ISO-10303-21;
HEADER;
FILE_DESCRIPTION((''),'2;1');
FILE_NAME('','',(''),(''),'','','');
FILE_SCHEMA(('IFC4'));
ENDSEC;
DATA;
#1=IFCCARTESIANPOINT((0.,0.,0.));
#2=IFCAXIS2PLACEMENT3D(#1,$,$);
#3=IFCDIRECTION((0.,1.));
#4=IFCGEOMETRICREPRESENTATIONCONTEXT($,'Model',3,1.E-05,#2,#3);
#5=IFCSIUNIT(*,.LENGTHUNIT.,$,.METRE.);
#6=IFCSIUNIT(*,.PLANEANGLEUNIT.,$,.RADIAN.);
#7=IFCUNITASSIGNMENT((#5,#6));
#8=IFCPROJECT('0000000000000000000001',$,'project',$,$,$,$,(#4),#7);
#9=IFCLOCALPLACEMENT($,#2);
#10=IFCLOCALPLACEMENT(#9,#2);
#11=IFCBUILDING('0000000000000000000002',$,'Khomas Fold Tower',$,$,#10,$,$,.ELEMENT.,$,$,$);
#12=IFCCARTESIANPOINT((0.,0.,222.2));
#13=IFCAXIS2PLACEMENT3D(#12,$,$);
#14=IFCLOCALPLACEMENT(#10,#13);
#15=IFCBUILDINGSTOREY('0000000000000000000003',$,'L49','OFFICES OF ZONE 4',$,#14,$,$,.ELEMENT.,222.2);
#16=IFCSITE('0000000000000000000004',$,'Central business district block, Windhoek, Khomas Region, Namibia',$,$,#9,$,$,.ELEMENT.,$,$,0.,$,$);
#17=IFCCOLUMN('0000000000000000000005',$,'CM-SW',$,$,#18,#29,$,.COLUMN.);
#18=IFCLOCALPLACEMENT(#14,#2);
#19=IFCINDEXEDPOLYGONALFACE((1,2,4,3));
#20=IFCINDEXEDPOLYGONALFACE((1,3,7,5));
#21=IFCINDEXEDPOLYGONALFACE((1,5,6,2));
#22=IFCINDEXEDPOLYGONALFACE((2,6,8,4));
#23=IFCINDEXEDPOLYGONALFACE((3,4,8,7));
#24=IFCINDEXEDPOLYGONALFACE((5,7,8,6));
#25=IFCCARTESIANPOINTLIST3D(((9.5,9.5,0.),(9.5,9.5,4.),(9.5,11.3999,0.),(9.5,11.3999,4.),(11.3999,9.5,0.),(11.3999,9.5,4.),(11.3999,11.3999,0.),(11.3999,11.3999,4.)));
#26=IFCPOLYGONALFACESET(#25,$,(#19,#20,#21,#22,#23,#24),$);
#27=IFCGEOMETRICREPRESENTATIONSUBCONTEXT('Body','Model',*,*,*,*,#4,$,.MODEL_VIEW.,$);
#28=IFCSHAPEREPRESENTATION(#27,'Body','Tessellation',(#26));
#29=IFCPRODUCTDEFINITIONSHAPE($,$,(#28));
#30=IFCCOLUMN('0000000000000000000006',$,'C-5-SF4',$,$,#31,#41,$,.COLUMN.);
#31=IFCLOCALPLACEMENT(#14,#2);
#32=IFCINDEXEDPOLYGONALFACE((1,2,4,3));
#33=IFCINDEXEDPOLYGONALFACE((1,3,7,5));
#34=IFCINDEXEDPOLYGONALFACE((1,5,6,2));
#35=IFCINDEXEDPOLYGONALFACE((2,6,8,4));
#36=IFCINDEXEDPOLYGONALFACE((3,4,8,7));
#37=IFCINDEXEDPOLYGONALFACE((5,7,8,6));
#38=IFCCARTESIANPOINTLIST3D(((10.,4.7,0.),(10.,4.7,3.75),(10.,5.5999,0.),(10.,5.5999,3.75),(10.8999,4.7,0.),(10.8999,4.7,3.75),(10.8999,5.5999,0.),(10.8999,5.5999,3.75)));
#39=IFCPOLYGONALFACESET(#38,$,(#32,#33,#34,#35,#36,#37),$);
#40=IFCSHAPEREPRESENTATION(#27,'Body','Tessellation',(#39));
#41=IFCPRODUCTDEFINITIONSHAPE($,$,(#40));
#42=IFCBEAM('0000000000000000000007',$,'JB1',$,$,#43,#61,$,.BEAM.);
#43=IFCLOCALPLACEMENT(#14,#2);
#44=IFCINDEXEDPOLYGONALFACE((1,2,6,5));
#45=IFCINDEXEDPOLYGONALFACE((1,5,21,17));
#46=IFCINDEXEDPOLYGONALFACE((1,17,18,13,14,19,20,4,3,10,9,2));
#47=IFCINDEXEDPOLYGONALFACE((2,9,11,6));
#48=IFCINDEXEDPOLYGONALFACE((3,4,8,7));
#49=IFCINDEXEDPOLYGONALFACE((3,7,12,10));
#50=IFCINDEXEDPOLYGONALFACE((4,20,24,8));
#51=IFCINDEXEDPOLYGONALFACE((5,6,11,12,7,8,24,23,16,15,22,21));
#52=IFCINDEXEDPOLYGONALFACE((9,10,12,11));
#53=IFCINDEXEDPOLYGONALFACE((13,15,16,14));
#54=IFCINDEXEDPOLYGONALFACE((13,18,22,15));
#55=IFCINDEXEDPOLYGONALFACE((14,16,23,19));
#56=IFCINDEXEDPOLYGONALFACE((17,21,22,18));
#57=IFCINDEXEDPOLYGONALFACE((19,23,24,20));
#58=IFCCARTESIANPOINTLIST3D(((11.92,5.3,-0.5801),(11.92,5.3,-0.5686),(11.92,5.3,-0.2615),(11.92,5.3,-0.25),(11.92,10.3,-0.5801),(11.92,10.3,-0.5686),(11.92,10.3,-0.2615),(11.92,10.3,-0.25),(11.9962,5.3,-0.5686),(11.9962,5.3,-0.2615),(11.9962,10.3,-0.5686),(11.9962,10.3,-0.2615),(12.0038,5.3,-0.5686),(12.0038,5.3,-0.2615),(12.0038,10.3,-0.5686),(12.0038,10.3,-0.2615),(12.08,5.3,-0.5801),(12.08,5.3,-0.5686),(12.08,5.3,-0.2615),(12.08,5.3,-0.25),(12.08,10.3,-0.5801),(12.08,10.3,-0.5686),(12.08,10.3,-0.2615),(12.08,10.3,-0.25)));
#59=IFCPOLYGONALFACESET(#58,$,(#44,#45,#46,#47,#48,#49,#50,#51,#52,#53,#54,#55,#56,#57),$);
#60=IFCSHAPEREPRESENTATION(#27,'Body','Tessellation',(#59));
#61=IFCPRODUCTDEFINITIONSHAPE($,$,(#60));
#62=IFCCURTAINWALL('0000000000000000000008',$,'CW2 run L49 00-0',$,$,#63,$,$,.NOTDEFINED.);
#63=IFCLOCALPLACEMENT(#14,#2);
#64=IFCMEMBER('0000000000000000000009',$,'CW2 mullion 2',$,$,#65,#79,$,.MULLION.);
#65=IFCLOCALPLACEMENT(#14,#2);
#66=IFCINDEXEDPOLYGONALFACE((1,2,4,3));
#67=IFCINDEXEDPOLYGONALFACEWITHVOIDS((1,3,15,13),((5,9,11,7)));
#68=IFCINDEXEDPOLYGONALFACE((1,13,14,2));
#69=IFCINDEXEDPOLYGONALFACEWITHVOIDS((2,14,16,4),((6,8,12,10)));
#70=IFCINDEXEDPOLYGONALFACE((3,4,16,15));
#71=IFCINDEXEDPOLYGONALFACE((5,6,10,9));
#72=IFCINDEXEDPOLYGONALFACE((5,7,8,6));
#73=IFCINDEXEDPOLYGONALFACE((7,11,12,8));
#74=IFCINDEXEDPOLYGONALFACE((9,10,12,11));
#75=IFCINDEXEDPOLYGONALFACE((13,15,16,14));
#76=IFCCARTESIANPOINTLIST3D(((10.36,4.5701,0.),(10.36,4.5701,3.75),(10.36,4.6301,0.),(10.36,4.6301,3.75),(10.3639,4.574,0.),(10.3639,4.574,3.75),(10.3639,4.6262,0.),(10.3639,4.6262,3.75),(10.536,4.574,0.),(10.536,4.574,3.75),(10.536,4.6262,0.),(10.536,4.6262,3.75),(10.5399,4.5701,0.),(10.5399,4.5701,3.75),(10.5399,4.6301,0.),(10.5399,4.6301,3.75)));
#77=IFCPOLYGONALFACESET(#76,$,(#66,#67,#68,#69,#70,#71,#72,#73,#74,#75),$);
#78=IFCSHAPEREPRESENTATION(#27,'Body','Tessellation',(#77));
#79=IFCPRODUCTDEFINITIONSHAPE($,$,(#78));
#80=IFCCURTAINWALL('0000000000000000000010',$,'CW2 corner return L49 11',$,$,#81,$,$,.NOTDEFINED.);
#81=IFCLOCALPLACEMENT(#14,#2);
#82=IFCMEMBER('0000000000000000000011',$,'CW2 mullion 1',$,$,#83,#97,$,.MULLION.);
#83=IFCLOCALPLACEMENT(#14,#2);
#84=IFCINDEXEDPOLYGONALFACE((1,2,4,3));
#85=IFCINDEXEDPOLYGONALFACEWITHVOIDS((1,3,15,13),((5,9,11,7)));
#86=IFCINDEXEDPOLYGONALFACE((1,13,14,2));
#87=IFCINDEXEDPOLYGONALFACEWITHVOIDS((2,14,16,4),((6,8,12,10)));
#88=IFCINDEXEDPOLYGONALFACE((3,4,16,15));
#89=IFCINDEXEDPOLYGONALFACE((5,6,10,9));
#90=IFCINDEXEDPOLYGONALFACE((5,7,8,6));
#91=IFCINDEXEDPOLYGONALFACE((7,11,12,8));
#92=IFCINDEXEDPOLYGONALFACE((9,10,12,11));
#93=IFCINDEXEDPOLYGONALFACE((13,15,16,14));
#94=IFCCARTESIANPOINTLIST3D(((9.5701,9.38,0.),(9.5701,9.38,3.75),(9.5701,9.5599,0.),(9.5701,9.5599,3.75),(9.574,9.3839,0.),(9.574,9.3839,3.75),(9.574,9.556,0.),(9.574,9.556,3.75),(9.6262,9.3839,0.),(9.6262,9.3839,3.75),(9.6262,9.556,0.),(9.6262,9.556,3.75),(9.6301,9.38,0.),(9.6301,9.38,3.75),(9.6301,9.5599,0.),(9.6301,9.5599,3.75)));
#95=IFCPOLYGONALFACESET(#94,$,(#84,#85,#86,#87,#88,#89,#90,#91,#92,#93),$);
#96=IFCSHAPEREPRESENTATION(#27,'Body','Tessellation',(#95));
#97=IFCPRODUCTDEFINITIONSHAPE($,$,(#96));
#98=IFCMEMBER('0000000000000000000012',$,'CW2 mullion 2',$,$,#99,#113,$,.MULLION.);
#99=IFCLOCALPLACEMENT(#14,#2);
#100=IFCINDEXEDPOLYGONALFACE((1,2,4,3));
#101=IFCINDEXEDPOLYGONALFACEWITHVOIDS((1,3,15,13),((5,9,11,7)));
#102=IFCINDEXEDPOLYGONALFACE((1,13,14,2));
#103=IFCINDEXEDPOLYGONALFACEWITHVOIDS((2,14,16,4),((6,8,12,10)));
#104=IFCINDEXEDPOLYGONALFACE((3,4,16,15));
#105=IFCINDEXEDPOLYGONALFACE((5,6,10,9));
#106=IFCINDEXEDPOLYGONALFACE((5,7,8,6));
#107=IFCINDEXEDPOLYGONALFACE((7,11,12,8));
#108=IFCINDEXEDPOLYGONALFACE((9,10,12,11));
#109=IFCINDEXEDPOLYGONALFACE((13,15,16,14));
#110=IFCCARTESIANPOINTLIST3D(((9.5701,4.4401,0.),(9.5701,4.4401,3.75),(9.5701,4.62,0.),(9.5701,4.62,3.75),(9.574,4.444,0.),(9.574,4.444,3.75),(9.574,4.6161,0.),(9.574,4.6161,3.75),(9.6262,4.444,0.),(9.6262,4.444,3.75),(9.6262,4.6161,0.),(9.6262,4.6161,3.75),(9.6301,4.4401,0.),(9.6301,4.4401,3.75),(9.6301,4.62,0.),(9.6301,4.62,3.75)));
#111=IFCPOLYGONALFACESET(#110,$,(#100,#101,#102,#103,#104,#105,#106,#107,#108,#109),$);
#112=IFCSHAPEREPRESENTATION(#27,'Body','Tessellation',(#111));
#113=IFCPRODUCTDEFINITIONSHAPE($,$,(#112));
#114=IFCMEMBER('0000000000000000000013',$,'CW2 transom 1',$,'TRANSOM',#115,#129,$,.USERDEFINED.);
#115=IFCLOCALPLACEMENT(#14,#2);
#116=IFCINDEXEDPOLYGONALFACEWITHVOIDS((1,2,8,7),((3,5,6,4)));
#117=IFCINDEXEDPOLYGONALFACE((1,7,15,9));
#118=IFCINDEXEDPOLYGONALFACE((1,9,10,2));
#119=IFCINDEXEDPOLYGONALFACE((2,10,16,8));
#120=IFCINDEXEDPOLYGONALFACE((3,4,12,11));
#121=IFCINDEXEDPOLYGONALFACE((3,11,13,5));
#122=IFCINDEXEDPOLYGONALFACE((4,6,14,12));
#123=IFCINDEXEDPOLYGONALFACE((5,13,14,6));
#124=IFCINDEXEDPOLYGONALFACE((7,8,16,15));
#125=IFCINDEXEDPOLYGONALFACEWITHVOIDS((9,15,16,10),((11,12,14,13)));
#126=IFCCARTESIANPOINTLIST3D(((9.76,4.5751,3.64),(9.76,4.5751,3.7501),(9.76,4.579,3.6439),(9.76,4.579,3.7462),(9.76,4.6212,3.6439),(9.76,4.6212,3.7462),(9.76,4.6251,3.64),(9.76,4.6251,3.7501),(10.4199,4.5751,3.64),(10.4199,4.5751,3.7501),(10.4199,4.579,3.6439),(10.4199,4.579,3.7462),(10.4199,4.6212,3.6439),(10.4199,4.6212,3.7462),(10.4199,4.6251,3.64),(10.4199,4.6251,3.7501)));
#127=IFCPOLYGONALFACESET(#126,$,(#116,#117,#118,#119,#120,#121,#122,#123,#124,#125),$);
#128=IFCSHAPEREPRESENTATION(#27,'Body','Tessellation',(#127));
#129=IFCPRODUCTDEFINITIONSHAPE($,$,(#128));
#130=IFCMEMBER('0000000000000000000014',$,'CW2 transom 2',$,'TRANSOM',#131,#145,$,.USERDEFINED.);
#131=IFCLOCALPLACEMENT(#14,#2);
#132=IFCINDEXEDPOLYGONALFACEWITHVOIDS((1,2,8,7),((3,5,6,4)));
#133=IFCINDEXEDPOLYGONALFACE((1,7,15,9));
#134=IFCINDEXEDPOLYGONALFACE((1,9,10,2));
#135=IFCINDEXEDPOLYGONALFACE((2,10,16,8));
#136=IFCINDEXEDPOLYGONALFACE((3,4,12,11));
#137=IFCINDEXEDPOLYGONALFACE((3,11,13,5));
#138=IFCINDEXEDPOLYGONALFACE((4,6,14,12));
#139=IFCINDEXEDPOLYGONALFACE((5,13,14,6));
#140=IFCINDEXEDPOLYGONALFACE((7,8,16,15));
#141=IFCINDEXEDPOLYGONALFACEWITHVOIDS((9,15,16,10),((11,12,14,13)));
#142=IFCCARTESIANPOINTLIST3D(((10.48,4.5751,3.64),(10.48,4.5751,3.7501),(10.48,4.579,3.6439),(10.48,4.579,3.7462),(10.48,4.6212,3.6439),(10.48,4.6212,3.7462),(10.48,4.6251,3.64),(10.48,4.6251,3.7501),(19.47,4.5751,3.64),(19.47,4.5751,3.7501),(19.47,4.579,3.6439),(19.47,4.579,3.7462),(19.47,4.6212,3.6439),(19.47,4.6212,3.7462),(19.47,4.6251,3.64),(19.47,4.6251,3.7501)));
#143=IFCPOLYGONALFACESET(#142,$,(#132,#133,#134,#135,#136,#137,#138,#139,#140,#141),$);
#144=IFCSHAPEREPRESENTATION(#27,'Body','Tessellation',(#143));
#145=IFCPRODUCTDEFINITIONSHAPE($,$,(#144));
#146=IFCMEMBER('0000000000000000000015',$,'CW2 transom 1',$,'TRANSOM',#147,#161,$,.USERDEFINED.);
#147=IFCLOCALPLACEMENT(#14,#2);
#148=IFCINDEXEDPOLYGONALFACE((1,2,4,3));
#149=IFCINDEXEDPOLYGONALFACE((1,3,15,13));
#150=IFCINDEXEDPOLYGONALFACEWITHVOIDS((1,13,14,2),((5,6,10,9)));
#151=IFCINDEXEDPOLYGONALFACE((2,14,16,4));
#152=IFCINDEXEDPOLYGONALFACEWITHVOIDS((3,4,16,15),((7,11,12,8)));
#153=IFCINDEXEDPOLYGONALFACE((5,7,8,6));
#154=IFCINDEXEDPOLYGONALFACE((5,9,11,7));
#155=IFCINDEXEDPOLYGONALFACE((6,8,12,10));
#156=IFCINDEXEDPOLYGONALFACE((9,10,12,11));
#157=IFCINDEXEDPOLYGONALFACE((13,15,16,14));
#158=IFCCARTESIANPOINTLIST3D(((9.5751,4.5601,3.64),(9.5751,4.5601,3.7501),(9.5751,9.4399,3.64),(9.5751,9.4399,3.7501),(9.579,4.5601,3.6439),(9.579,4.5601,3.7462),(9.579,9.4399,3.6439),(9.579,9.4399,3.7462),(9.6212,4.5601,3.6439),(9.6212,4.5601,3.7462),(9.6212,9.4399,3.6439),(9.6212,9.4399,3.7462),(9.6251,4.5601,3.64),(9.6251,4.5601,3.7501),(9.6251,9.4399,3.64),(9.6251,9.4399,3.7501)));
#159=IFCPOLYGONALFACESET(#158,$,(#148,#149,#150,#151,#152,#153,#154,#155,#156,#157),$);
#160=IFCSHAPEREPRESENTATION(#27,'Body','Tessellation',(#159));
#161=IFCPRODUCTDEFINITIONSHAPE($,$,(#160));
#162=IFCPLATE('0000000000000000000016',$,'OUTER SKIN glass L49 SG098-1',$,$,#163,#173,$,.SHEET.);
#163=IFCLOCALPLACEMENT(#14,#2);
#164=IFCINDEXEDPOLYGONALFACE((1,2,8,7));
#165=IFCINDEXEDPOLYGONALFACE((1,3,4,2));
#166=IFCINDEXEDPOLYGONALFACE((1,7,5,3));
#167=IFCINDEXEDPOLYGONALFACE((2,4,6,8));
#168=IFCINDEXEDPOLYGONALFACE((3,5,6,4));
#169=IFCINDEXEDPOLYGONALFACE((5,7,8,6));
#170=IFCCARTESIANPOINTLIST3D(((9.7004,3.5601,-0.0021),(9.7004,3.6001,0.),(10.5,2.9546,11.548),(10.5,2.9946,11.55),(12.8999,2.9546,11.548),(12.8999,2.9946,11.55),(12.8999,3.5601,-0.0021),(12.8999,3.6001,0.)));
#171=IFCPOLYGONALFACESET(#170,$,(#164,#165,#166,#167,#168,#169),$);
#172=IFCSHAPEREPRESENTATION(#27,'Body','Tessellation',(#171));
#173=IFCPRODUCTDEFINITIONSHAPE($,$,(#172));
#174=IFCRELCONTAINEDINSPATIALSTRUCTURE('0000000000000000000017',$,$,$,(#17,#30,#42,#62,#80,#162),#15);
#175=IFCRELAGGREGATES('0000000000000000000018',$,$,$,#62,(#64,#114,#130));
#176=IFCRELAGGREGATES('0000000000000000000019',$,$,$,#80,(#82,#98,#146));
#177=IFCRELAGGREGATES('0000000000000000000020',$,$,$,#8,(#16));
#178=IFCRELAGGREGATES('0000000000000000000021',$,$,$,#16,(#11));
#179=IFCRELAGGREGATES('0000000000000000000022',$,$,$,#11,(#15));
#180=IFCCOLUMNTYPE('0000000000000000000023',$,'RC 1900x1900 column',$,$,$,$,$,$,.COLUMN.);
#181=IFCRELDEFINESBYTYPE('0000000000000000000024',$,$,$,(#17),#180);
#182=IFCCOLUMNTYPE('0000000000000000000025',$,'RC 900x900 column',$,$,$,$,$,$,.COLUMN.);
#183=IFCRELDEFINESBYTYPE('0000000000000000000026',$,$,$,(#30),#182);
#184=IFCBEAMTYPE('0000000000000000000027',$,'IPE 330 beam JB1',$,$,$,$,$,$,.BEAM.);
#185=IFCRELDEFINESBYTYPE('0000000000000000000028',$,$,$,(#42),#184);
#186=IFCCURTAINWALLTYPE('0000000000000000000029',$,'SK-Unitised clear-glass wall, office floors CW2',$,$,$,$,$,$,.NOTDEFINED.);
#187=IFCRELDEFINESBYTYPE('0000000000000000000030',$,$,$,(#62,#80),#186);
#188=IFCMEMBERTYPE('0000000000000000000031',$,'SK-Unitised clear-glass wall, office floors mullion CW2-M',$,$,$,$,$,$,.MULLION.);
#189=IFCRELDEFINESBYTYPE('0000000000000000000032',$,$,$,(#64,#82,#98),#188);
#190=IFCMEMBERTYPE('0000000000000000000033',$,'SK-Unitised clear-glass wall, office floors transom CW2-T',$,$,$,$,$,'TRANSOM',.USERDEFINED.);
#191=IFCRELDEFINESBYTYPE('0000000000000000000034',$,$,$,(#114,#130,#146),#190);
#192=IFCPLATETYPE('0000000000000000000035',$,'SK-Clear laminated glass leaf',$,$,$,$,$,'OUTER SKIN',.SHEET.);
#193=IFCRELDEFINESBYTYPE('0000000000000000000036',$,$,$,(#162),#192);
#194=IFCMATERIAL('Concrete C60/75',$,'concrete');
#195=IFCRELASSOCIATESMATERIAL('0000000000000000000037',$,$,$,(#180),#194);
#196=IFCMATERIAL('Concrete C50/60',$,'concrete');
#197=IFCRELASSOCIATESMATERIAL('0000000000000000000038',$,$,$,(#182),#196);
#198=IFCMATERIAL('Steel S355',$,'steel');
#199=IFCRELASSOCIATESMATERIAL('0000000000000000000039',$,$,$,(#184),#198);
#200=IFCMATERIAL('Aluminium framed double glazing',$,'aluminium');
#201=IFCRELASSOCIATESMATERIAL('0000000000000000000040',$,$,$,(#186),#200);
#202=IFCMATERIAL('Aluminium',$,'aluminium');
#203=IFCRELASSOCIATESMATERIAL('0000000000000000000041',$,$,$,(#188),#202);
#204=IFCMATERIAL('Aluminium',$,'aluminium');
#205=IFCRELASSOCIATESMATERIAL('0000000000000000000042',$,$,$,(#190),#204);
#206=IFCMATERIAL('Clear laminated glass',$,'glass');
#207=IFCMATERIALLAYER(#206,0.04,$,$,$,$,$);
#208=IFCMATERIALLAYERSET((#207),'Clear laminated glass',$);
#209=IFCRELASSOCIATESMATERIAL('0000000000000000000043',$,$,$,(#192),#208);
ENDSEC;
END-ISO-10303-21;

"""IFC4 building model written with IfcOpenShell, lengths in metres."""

from ifc_helpers import new_model, si_unit, direction, frame, origin, origin_2d, place, context, subcontext, project, spatial, polyline, rectangle, hollow_rectangle, i_section, outline, extrude, source, transform, mapped, material, layer, layer_set, material_profile, profile_set, type_object, element, aggregate, save


model = new_model("IFC4")

# Units and contexts
model_context = context("Model", 3, precision=1e-05, world=origin(), true_north=direction((0.0, 1.0)))
body_context = subcontext(model_context, "Body", "Model", "MODEL_VIEW")
ifc_project = project(units=[si_unit("LENGTHUNIT", "METRE"), si_unit("PLANEANGLEUNIT", "RADIAN")], contexts=[model_context])

# Site, building, storey
site_placement = place(None, origin())
site = spatial("IfcSite", under=ifc_project, at=site_placement, Name="Central business district block, Windhoek, Khomas Region, Namibia", CompositionType="ELEMENT", RefElevation=0.0)
building_placement = place(site_placement, origin())
building = spatial("IfcBuilding", under=site, at=building_placement, Name="Khomas Fold Tower", CompositionType="ELEMENT")
storey_placement = place(building_placement, frame((0.0, 0.0, 222.2)))
storey = spatial("IfcBuildingStorey", under=building, at=storey_placement, Name="L49", Description="OFFICES OF ZONE 4", CompositionType="ELEMENT", Elevation=222.2)

# Columns
ifc_material_1 = material(Name="Concrete C60/75", Category="concrete")
ifc_material_profile_1 = material_profile(ifc_material_1, rectangle(XDim=1.8999, YDim=1.8999, at=origin_2d()), Name="RC 1900x1900")
ifc_profile_set_1 = profile_set([ifc_material_profile_1], Name="Concrete C60/75")
column_type_1 = type_object("IfcColumnType", Name="RC 1900x1900 column", PredefinedType="COLUMN", material=ifc_profile_set_1)
shared_shape_1 = source(origin(), body_context, "Body", "SweptSolid", [
    extrude(rectangle(XDim=1.8999, YDim=1.8999, at=origin_2d()), origin(), (0.0, 0.0, 1.0), 4.0),
])
column_1_placement = place(storey_placement, frame((10.45, 10.45, 0.0), z_axis=(0.0, 0.0, 1.0), x_axis=(1.0, 0.0, 0.0)))
element("IfcColumn", 1, at=column_1_placement, inside=storey, type_object=column_type_1, Name="CM-SW", PredefinedType="COLUMN", context=body_context, shape_type="MappedRepresentation", body=[
    mapped(shared_shape_1, transform((0.0, 0.0, 0.0))),
])
ifc_material_2 = material(Name="Concrete C50/60", Category="concrete")
ifc_material_profile_2 = material_profile(ifc_material_2, rectangle(XDim=0.8999, YDim=0.8999, at=origin_2d()), Name="RC 900x900")
ifc_profile_set_2 = profile_set([ifc_material_profile_2], Name="Concrete C50/60")
column_type_2 = type_object("IfcColumnType", Name="RC 900x900 column", PredefinedType="COLUMN", material=ifc_profile_set_2)
shared_shape_2 = source(origin(), body_context, "Body", "SweptSolid", [
    extrude(rectangle(XDim=0.8999, YDim=0.8999, at=origin_2d()), origin(), (0.0, 0.0, 1.0), 3.75),
])
column_2_placement = place(storey_placement, frame((10.45, 5.1499, 0.0), z_axis=(0.0, 0.0, 1.0), x_axis=(1.0, 0.0, 0.0)))
element("IfcColumn", 2, at=column_2_placement, inside=storey, type_object=column_type_2, Name="C-5-SF4", PredefinedType="COLUMN", context=body_context, shape_type="MappedRepresentation", body=[
    mapped(shared_shape_2, transform((0.0, 0.0, 0.0))),
])

# Beam
ifc_material_3 = material(Name="Steel S355", Category="steel")
ifc_material_profile_3 = material_profile(ifc_material_3, i_section(OverallWidth=0.1599, OverallDepth=0.3301, WebThickness=0.0076, FlangeThickness=0.0115, at=origin_2d()), Name="IPE 330")
ifc_profile_set_3 = profile_set([ifc_material_profile_3], Name="Steel S355")
beam_type = type_object("IfcBeamType", Name="IPE 330 beam JB1", PredefinedType="BEAM", material=ifc_profile_set_3)
shared_shape_3 = source(origin(), body_context, "Body", "SweptSolid", [
    extrude(i_section(OverallWidth=0.1599, OverallDepth=0.3301, WebThickness=0.0076, FlangeThickness=0.0115, at=origin_2d()), origin(), (0.0, 0.0, 1.0), 5.0),
])
beam_placement = place(storey_placement, frame((12.0, 5.3, -0.415), z_axis=(0.0, 1.0, 0.0), x_axis=(-1.0, 0.0, 0.0)))
element("IfcBeam", 3, at=beam_placement, inside=storey, type_object=beam_type, Name="JB1", PredefinedType="BEAM", context=body_context, shape_type="MappedRepresentation", body=[
    mapped(shared_shape_3, transform((0.0, 0.0, 0.0))),
])

# Curtain wall, member
ifc_material_4 = material(Name="Aluminium framed double glazing", Category="aluminium")
curtain_wall_type = type_object("IfcCurtainWallType", Name="SK-Unitised clear-glass wall, office floors CW2", PredefinedType="NOTDEFINED", material=ifc_material_4)
curtain_wall_1_placement = place(storey_placement, origin())
curtain_wall_1 = element("IfcCurtainWall", 4, at=curtain_wall_1_placement, inside=storey, type_object=curtain_wall_type, Name="CW2 run L49 00-0", PredefinedType="NOTDEFINED")
ifc_material_5 = material(Name="Aluminium", Category="aluminium")
ifc_material_profile_4 = material_profile(ifc_material_5, hollow_rectangle(XDim=0.0601, YDim=0.1799, WallThickness=0.0039, at=origin_2d()), Name="SK-Unitised clear-glass wall, office floors mullion CW2-M")
ifc_profile_set_4 = profile_set([ifc_material_profile_4], Name="Aluminium")
member_type_1 = type_object("IfcMemberType", Name="SK-Unitised clear-glass wall, office floors mullion CW2-M", PredefinedType="MULLION", material=ifc_profile_set_4)
shared_shape_4 = source(origin(), body_context, "Body", "SweptSolid", [
    extrude(hollow_rectangle(XDim=0.0601, YDim=0.1799, WallThickness=0.0039, at=origin_2d()), origin(), (0.0, 0.0, 1.0), 3.75),
])
member_1_placement = place(storey_placement, frame((10.45, 4.6001, 0.0), z_axis=(0.0, 0.0, 1.0), x_axis=(0.0, 1.0, 0.0)))
member_1 = element("IfcMember", 5, at=member_1_placement, type_object=member_type_1, Name="CW2 mullion 2", PredefinedType="MULLION", context=body_context, shape_type="MappedRepresentation", body=[
    mapped(shared_shape_4, transform((0.0, 0.0, 0.0))),
])

# Curtain wall, members
curtain_wall_2_placement = place(storey_placement, origin())
curtain_wall_2 = element("IfcCurtainWall", 6, at=curtain_wall_2_placement, inside=storey, type_object=curtain_wall_type, Name="CW2 corner return L49 11", PredefinedType="NOTDEFINED")
member_2_placement = place(storey_placement, frame((9.6001, 9.47, 0.0), z_axis=(0.0, 0.0, 1.0), x_axis=(1.0, 0.0, 0.0)))
member_2 = element("IfcMember", 7, at=member_2_placement, type_object=member_type_1, Name="CW2 mullion 1", PredefinedType="MULLION", context=body_context, shape_type="MappedRepresentation", body=[
    mapped(shared_shape_4, transform((0.0, 0.0, 0.0))),
])
member_3_placement = place(storey_placement, frame((9.6001, 4.53, 0.0), z_axis=(0.0, 0.0, 1.0), x_axis=(1.0, 0.0, 0.0)))
member_3 = element("IfcMember", 8, at=member_3_placement, type_object=member_type_1, Name="CW2 mullion 2", PredefinedType="MULLION", context=body_context, shape_type="MappedRepresentation", body=[
    mapped(shared_shape_4, transform((0.0, 0.0, 0.0))),
])

# Members
ifc_material_6 = material(Name="Aluminium", Category="aluminium")
ifc_material_profile_5 = material_profile(ifc_material_6, hollow_rectangle(XDim=0.05, YDim=0.1101, WallThickness=0.0039, at=origin_2d()), Name="SK-Unitised clear-glass wall, office floors transom CW2-T")
ifc_profile_set_5 = profile_set([ifc_material_profile_5], Name="Aluminium")
member_type_2 = type_object("IfcMemberType", Name="SK-Unitised clear-glass wall, office floors transom CW2-T", ElementType="TRANSOM", PredefinedType="USERDEFINED", material=ifc_profile_set_5)
shared_shape_5 = source(origin(), body_context, "Body", "SweptSolid", [
    extrude(hollow_rectangle(XDim=0.05, YDim=0.1101, WallThickness=0.0039, at=origin_2d()), origin(), (0.0, 0.0, 1.0), 0.6599),
])
member_4_placement = place(storey_placement, frame((9.76, 4.6001, 3.6951), z_axis=(1.0, 0.0, 0.0), x_axis=(0.0, 1.0, 0.0)))
member_4 = element("IfcMember", 9, at=member_4_placement, type_object=member_type_2, Name="CW2 transom 1", ObjectType="TRANSOM", PredefinedType="USERDEFINED", context=body_context, shape_type="MappedRepresentation", body=[
    mapped(shared_shape_5, transform((0.0, 0.0, 0.0))),
])
shared_shape_6 = source(origin(), body_context, "Body", "SweptSolid", [
    extrude(hollow_rectangle(XDim=0.05, YDim=0.1101, WallThickness=0.0039, at=origin_2d()), origin(), (0.0, 0.0, 1.0), 8.99),
])
member_5_placement = place(storey_placement, frame((10.48, 4.6001, 3.6951), z_axis=(1.0, 0.0, 0.0), x_axis=(0.0, 1.0, 0.0)))
member_5 = element("IfcMember", 10, at=member_5_placement, type_object=member_type_2, Name="CW2 transom 2", ObjectType="TRANSOM", PredefinedType="USERDEFINED", context=body_context, shape_type="MappedRepresentation", body=[
    mapped(shared_shape_6, transform((0.0, 0.0, 0.0))),
])
shared_shape_7 = source(origin(), body_context, "Body", "SweptSolid", [
    extrude(hollow_rectangle(XDim=0.05, YDim=0.1101, WallThickness=0.0039, at=origin_2d()), origin(), (0.0, 0.0, 1.0), 4.8799),
])
member_6_placement = place(storey_placement, frame((9.6001, 9.4399, 3.6951), z_axis=(0.0, -1.0, 0.0), x_axis=(1.0, 0.0, 0.0)))
member_6 = element("IfcMember", 11, at=member_6_placement, type_object=member_type_2, Name="CW2 transom 1", ObjectType="TRANSOM", PredefinedType="USERDEFINED", context=body_context, shape_type="MappedRepresentation", body=[
    mapped(shared_shape_7, transform((0.0, 0.0, 0.0))),
])

# Plate
ifc_material_7 = material(Name="Clear laminated glass", Category="glass")
ifc_layer_1 = layer(ifc_material_7, 0.04)
ifc_layer_set_1 = layer_set([ifc_layer_1], Name="Clear laminated glass")
plate_type_1 = type_object("IfcPlateType", Name="SK-Clear laminated glass leaf", ElementType="OUTER SKIN", PredefinedType="SHEET", material=ifc_layer_set_1)
plate_1_placement = place(storey_placement, frame((12.8999, 3.6001, 0.0), z_axis=(0.0, 0.998629, 0.052349), x_axis=(-1.0, 0.0, 0.0)))
element("IfcPlate", 12, at=plate_1_placement, inside=storey, type_object=plate_type_1, Name="OUTER SKIN glass L49 SG098-1", PredefinedType="SHEET", context=body_context, shape_type="SweptSolid", body=[
    extrude(outline(polyline([(0.0, 0.0), (3.1995, 0.0), (2.3999, 11.5659), (0.0, 11.5659), (0.0, 0.0)])), origin(), (0.0, 0.0, -1.0), 0.04),
])
aggregate(curtain_wall_1, [member_1, member_4, member_5])
aggregate(curtain_wall_2, [member_2, member_3, member_6])

save(model, "model.ifc")
